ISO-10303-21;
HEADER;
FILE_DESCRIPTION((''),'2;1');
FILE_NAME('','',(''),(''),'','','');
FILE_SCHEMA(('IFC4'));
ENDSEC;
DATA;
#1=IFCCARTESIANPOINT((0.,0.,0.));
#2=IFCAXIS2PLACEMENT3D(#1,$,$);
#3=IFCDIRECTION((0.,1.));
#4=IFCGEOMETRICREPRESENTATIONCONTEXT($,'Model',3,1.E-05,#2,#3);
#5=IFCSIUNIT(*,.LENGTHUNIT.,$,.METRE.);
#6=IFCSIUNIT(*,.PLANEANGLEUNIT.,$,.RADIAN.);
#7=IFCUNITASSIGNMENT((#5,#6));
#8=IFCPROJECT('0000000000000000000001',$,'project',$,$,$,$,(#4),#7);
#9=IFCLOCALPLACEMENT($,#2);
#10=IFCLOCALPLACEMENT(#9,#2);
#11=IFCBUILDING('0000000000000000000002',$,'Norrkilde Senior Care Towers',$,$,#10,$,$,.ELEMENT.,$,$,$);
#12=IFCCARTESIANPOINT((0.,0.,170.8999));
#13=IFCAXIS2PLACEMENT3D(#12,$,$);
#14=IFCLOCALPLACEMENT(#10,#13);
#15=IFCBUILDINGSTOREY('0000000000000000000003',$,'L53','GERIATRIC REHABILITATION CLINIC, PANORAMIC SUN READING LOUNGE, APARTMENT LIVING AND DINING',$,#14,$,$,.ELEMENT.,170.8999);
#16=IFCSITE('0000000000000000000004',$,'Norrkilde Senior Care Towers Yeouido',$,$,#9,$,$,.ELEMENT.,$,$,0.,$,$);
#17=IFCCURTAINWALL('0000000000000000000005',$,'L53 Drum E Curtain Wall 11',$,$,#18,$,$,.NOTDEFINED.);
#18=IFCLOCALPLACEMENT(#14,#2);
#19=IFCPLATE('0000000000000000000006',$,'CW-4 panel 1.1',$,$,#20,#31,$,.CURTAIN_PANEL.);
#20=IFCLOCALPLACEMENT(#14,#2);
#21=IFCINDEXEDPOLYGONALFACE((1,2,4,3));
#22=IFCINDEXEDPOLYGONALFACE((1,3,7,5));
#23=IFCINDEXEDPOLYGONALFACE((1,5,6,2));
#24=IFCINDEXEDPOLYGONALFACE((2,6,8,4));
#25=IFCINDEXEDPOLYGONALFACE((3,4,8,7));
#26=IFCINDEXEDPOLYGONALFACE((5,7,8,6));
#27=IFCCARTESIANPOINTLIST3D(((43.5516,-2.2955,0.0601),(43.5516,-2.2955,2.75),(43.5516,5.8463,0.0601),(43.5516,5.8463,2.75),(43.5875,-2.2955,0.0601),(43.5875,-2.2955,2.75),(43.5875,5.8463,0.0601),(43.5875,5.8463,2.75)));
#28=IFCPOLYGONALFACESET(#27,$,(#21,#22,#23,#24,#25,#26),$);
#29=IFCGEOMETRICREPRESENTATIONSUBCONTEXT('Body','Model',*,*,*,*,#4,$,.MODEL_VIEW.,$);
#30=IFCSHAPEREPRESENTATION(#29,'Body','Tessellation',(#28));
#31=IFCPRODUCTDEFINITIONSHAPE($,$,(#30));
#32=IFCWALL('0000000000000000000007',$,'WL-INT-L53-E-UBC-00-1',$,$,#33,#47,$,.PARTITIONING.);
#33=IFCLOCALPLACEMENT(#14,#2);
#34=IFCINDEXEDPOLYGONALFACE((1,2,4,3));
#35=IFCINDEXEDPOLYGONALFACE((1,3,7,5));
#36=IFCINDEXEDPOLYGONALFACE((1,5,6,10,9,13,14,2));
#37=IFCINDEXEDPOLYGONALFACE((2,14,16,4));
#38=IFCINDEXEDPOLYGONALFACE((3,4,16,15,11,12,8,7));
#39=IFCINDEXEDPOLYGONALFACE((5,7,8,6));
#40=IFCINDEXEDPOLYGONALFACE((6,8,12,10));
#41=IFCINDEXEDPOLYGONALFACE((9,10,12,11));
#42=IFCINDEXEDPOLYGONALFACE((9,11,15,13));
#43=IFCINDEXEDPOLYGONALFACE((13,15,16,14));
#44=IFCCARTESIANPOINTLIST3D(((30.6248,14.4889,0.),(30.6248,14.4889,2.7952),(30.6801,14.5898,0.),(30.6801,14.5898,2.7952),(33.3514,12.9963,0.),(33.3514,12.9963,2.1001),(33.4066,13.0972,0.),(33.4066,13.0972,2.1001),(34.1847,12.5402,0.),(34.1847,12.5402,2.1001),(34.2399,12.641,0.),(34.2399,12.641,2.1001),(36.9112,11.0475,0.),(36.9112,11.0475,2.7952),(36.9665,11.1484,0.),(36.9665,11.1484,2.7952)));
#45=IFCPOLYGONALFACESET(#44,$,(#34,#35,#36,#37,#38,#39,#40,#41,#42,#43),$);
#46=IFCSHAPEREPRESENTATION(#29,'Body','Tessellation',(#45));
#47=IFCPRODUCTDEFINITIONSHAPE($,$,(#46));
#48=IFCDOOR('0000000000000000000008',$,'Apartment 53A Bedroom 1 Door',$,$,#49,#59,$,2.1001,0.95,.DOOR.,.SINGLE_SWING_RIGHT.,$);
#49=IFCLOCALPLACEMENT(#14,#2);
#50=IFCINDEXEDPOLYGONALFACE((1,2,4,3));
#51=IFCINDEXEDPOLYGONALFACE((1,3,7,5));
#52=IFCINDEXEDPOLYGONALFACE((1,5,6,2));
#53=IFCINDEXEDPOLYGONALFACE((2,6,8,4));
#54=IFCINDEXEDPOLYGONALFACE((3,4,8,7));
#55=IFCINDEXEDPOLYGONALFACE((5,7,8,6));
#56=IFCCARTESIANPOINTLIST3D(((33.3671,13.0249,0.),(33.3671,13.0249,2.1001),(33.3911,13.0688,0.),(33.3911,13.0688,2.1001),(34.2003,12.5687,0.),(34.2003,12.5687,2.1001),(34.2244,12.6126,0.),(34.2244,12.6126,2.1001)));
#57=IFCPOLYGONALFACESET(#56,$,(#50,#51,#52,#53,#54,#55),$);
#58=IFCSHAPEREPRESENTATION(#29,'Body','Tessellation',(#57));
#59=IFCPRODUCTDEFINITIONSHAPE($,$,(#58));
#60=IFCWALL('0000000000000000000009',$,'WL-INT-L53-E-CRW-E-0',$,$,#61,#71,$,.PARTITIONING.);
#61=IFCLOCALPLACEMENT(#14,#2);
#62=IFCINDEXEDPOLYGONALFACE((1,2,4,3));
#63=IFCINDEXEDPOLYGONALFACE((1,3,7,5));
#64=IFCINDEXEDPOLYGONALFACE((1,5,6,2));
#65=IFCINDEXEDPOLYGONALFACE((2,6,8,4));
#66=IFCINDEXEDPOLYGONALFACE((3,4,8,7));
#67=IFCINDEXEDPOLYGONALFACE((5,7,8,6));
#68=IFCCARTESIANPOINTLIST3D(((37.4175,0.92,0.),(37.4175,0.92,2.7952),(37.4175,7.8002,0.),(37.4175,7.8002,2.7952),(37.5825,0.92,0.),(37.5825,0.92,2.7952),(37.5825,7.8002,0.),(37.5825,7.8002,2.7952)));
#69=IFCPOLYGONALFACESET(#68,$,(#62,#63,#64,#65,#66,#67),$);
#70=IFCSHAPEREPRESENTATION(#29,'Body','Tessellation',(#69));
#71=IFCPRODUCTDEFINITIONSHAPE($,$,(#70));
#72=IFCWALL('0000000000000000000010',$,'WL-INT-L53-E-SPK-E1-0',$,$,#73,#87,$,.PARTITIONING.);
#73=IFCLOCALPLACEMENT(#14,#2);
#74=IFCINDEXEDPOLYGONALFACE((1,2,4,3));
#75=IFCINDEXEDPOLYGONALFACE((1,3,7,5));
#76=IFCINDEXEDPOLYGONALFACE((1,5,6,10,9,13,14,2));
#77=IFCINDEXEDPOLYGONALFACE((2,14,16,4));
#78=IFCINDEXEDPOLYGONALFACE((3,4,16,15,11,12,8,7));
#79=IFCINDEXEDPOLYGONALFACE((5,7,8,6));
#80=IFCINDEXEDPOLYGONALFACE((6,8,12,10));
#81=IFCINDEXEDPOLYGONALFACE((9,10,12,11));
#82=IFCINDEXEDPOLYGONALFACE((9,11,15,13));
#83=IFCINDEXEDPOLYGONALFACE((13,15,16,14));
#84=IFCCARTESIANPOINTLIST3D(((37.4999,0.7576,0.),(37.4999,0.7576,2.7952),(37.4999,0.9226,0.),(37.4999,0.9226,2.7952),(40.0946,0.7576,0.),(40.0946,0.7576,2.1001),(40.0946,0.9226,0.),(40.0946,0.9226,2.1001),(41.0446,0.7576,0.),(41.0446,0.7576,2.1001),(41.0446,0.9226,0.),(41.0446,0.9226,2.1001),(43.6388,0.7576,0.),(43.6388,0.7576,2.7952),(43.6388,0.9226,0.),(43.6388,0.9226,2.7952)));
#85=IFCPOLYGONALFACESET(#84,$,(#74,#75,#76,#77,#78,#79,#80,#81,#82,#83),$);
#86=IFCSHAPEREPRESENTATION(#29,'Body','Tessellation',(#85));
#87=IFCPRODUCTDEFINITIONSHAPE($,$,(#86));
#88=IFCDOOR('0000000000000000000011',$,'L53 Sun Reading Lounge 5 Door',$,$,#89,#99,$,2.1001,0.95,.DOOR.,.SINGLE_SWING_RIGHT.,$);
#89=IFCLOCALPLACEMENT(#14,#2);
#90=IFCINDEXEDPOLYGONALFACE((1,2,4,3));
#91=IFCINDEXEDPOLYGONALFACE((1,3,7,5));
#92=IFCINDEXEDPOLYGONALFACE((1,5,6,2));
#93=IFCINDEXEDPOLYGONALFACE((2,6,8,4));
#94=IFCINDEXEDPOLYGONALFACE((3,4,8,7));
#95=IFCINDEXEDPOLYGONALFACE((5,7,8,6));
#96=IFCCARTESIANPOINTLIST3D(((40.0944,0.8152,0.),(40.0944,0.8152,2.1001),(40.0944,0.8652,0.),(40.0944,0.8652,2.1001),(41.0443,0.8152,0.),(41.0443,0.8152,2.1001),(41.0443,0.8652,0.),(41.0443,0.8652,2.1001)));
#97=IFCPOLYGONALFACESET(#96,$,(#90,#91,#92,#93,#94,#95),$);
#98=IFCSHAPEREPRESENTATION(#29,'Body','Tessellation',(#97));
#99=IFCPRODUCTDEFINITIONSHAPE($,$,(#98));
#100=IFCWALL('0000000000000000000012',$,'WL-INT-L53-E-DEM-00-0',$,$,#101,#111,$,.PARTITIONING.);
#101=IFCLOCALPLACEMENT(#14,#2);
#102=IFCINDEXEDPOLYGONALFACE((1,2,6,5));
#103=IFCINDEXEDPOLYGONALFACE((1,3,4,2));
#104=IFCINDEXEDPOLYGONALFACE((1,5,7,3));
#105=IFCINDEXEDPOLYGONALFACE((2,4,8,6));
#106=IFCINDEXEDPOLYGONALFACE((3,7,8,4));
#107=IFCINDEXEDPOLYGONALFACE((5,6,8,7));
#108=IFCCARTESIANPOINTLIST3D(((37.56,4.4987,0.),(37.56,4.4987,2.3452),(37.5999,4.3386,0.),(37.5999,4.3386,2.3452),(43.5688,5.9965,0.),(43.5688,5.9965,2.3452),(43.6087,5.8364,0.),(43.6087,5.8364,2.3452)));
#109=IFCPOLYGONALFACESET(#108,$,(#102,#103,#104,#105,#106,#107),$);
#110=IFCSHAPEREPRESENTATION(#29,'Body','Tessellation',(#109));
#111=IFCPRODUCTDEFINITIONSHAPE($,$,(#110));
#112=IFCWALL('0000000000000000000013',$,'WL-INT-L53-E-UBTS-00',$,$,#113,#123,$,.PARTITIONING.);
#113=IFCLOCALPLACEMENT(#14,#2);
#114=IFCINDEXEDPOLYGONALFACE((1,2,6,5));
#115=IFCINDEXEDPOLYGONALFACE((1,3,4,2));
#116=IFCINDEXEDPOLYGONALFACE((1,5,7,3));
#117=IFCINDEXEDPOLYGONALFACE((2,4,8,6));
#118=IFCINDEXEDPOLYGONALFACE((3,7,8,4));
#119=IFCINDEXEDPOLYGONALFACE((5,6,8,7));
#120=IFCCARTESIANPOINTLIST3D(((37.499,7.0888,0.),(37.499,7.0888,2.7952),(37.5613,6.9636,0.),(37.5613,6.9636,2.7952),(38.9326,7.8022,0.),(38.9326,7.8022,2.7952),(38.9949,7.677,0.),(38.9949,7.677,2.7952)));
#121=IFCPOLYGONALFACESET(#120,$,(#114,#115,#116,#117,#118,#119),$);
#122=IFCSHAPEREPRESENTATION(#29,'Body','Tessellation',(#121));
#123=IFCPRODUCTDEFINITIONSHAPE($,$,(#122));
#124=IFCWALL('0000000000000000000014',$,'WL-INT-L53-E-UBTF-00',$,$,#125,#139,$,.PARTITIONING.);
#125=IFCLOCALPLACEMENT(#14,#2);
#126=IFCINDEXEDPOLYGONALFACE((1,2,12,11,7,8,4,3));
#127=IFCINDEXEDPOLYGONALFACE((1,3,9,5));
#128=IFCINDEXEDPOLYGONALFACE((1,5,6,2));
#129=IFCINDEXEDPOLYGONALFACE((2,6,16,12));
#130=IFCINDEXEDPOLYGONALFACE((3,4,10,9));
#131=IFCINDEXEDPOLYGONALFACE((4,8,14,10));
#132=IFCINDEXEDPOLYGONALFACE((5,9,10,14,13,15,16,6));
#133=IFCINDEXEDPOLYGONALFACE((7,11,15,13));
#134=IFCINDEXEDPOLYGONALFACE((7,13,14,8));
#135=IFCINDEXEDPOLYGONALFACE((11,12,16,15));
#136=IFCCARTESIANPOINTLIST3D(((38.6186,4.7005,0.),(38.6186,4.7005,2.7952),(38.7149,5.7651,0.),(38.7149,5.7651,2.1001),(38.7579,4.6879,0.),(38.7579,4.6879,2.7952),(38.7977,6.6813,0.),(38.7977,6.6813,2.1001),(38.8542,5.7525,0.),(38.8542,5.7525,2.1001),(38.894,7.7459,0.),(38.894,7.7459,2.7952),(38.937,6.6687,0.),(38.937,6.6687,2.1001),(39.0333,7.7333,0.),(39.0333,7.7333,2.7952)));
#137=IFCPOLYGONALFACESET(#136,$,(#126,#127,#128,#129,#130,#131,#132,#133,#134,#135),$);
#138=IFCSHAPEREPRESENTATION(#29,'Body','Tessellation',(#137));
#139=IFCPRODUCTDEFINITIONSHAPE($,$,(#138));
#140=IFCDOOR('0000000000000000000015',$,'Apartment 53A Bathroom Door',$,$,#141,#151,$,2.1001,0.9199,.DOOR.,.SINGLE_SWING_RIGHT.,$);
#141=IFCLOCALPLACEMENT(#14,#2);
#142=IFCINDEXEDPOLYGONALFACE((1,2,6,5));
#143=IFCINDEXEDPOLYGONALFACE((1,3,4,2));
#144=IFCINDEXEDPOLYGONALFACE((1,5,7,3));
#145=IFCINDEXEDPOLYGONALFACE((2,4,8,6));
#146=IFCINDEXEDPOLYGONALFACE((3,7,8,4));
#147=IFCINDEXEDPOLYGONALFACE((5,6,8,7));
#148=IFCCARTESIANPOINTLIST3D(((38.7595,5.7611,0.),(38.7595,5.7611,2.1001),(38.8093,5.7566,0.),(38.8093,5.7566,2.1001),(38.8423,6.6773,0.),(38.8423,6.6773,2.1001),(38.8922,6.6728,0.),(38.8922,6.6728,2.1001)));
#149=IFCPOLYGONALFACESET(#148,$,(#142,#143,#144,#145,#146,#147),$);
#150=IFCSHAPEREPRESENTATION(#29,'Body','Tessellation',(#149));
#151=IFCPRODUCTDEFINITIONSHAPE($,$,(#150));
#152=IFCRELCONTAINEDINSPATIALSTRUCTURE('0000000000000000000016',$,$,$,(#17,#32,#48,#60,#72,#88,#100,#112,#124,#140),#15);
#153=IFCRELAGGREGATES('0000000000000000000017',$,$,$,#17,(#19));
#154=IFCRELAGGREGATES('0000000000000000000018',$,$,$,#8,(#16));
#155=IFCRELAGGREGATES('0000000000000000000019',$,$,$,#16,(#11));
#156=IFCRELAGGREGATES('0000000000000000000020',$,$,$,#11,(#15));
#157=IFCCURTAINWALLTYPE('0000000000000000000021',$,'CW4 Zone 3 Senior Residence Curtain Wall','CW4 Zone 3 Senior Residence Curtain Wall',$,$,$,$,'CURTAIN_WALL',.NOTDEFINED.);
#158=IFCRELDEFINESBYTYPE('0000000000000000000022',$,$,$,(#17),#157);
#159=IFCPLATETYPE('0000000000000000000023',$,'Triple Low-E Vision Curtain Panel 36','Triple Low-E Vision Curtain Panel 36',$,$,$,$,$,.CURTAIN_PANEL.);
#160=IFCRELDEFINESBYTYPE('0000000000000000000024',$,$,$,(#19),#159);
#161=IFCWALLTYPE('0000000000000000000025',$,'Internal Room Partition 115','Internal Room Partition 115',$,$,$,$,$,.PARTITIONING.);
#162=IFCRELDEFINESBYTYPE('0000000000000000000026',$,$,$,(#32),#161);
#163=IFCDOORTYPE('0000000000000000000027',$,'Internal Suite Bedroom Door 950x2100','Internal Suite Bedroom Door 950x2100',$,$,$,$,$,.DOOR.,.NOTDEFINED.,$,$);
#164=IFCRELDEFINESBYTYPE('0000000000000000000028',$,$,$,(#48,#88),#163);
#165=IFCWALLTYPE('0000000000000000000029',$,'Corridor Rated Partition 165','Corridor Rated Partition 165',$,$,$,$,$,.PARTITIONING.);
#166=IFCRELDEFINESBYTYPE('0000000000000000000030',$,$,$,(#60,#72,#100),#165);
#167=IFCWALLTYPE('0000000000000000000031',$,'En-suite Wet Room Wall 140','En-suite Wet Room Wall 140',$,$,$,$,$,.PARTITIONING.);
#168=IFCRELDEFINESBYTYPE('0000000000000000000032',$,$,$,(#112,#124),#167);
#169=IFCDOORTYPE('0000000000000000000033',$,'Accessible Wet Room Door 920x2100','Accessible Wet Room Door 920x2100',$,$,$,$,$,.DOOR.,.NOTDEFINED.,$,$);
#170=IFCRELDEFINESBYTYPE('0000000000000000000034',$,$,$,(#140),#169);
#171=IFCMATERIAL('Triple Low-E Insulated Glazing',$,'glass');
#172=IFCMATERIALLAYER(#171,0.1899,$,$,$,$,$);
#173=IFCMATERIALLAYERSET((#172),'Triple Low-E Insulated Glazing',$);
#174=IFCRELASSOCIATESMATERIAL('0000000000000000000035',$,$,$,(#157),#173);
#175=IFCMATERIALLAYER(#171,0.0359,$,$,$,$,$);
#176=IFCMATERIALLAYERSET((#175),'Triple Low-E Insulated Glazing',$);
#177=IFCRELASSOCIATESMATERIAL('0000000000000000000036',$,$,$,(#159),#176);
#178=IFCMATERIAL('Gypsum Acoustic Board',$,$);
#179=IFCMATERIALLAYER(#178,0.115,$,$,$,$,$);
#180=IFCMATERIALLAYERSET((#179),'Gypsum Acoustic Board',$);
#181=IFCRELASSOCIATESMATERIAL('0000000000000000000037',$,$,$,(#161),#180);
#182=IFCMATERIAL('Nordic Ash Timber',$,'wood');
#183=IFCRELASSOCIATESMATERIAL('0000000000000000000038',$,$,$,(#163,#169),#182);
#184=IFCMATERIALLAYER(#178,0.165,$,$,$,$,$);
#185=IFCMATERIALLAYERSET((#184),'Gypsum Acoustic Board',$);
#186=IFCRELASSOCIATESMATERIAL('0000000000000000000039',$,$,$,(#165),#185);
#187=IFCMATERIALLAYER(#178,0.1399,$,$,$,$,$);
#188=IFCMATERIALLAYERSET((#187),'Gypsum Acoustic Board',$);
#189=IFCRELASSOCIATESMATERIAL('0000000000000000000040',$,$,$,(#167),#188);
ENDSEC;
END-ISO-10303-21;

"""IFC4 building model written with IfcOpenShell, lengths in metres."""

from ifc_helpers import new_model, si_unit, direction, frame, frame_2d, origin, origin_2d, place, context, subcontext, project, spatial, rectangle, extrude, source, transform, mapped, material, layer, layer_set, type_object, type_shapes, element, fill, aggregate, save


model = new_model("IFC4")

# Units and contexts
model_context = context("Model", 3, precision=1e-05, world=origin(), true_north=direction((0.0, 1.0)))
body_context = subcontext(model_context, "Body", "Model", "MODEL_VIEW")
ifc_project = project(units=[si_unit("LENGTHUNIT", "METRE"), si_unit("PLANEANGLEUNIT", "RADIAN")], contexts=[model_context])

# Site, building, storey
site_placement = place(None, origin())
site = spatial("IfcSite", under=ifc_project, at=site_placement, Name="Norrkilde Senior Care Towers Yeouido", CompositionType="ELEMENT", RefElevation=0.0)
building_placement = place(site_placement, origin())
building = spatial("IfcBuilding", under=site, at=building_placement, Name="Norrkilde Senior Care Towers", CompositionType="ELEMENT")
storey_placement = place(building_placement, frame((0.0, 0.0, 170.8999)))
storey = spatial("IfcBuildingStorey", under=building, at=storey_placement, Name="L53", Description="GERIATRIC REHABILITATION CLINIC, PANORAMIC SUN READING LOUNGE, APARTMENT LIVING AND DINING", CompositionType="ELEMENT", Elevation=170.8999)

# Shared definitions
ifc_material_1 = material(Name="Triple Low-E Insulated Glazing", Category="glass")
ifc_layer_1 = layer(ifc_material_1, 0.1899)
ifc_layer_set_1 = layer_set([ifc_layer_1], Name="Triple Low-E Insulated Glazing")
curtain_wall_type = type_object("IfcCurtainWallType", Name="CW4 Zone 3 Senior Residence Curtain Wall", Description="CW4 Zone 3 Senior Residence Curtain Wall", ElementType="CURTAIN_WALL", PredefinedType="NOTDEFINED", material=ifc_layer_set_1)

# Curtain wall
curtain_wall_1_placement = place(storey_placement, origin())
curtain_wall_1 = element("IfcCurtainWall", 1, at=curtain_wall_1_placement, inside=storey, type_object=curtain_wall_type, Name="L53 Drum E Curtain Wall 11", PredefinedType="NOTDEFINED")

# Plate
ifc_layer_2 = layer(ifc_material_1, 0.0359)
ifc_layer_set_2 = layer_set([ifc_layer_2], Name="Triple Low-E Insulated Glazing")
plate_type = type_object("IfcPlateType", Name="Triple Low-E Vision Curtain Panel 36", Description="Triple Low-E Vision Curtain Panel 36", PredefinedType="CURTAIN_PANEL", material=ifc_layer_set_2)
shared_shape_1 = source(origin(), body_context, "Body", "SweptSolid", [
    extrude(rectangle(XDim=8.1418, YDim=0.0359, at=origin_2d()), origin(), (0.0, 0.0, 1.0), 2.6899),
])
plate_1_placement = place(storey_placement, frame((43.5696, 1.7754, 0.0601), z_axis=(0.0, 0.0, 1.0), x_axis=(0.0, -1.0, 0.0)))
plate_1 = element("IfcPlate", 2, at=plate_1_placement, type_object=plate_type, Name="CW-4 panel 1.1", PredefinedType="CURTAIN_PANEL", context=body_context, shape_type="MappedRepresentation", body=[
    mapped(shared_shape_1, transform((0.0, 0.0, 0.0), x_axis=(1.0, 0.0, 0.0), y_axis=(0.0, 1.0, 0.0), z_axis=(0.0, 0.0, 1.0), scale=1.0)),
])
aggregate(curtain_wall_1, [plate_1])

# Wall, opening, door
ifc_material_2 = material(Name="Gypsum Acoustic Board")
ifc_layer_3 = layer(ifc_material_2, 0.115)
ifc_layer_set_3 = layer_set([ifc_layer_3], Name="Gypsum Acoustic Board")
wall_type_1 = type_object("IfcWallType", Name="Internal Room Partition 115", Description="Internal Room Partition 115", PredefinedType="PARTITIONING", material=ifc_layer_set_3)
shared_shape_2 = source(origin(), body_context, "Body", "SweptSolid", [
    extrude(rectangle(XDim=7.1667, YDim=0.115, at=frame_2d((3.5835, 0.0))), origin(), (0.0, 0.0, 1.0), 2.7952),
])
wall_1_placement = place(storey_placement, frame((36.939, 11.0979, 0.0), z_axis=(0.0, 0.0, 1.0), x_axis=(-0.877163, 0.480193, 0.0)))
wall_1 = element("IfcWall", 3, at=wall_1_placement, inside=storey, type_object=wall_type_1, Name="WL-INT-L53-E-UBC-00-1", PredefinedType="PARTITIONING", context=body_context, shape_type="MappedRepresentation", body=[
    mapped(shared_shape_2, transform((0.0, 0.0, 0.0), x_axis=(1.0, 0.0, 0.0), y_axis=(0.0, 1.0, 0.0), z_axis=(0.0, 0.0, 1.0), scale=1.0)),
])
opening_1_placement = place(wall_1_placement, frame((3.1084, 0.0, 0.0)))
opening_1 = element("IfcOpeningElement", 4, at=opening_1_placement, cuts=wall_1, PredefinedType="OPENING", context=body_context, shape_type="SweptSolid", body=[
    extrude(rectangle(XDim=0.95, YDim=2.1001, at=frame_2d((0.4751, 1.05))), frame((0.0, 0.0674, 0.0), z_axis=(0.0, -1.0, 0.0), x_axis=(1.0, 0.0, 0.0)), (0.0, 0.0, 1.0), 0.135),
])
ifc_material_3 = material(Name="Nordic Ash Timber", Category="wood")
door_type_1 = type_object("IfcDoorType", Name="Internal Suite Bedroom Door 950x2100", Description="Internal Suite Bedroom Door 950x2100", OperationType="NOTDEFINED", PredefinedType="DOOR", material=ifc_material_3)
shared_shape_3 = source(origin(), body_context, "Body", "SweptSolid", [
    extrude(rectangle(XDim=0.95, YDim=2.1001, at=frame_2d((0.4751, 1.05))), frame((0.0, 0.0249, 0.0), z_axis=(0.0, -1.0, 0.0), x_axis=(1.0, 0.0, 0.0)), (0.0, 0.0, 1.0), 0.05),
])
type_shapes(door_type_1, [shared_shape_3])
door_1_placement = place(opening_1_placement, origin())
door_1 = element("IfcDoor", 5, at=door_1_placement, inside=storey, type_object=door_type_1, Name="Apartment 53A Bedroom 1 Door", OperationType="SINGLE_SWING_RIGHT", OverallHeight=2.1001, OverallWidth=0.95, PredefinedType="DOOR", context=body_context, shape_type="MappedRepresentation", body=[
    mapped(shared_shape_3, transform((0.0, 0.0, 0.0), x_axis=(1.0, 0.0, 0.0), y_axis=(0.0, 1.0, 0.0), z_axis=(0.0, 0.0, 1.0), scale=1.0)),
])
fill(opening_1, door_1)

# Wall
ifc_layer_4 = layer(ifc_material_2, 0.165)
ifc_layer_set_4 = layer_set([ifc_layer_4], Name="Gypsum Acoustic Board")
wall_type_2 = type_object("IfcWallType", Name="Corridor Rated Partition 165", Description="Corridor Rated Partition 165", PredefinedType="PARTITIONING", material=ifc_layer_set_4)
shared_shape_4 = source(origin(), body_context, "Body", "SweptSolid", [
    extrude(rectangle(XDim=6.8801, YDim=0.165, at=frame_2d((3.4399, 0.0))), origin(), (0.0, 0.0, 1.0), 2.7952),
])
wall_2_placement = place(storey_placement, frame((37.5, 7.8, 0.0), z_axis=(0.0, 0.0, 1.0), x_axis=(0.0, -1.0, 0.0)))
element("IfcWall", 6, at=wall_2_placement, inside=storey, type_object=wall_type_2, Name="WL-INT-L53-E-CRW-E-0", PredefinedType="PARTITIONING", context=body_context, shape_type="MappedRepresentation", body=[
    mapped(shared_shape_4, transform((0.0, 0.0, 0.0), x_axis=(1.0, 0.0, 0.0), y_axis=(0.0, 1.0, 0.0), z_axis=(0.0, 0.0, 1.0), scale=1.0)),
])

# Wall, opening, door
shared_shape_5 = source(origin(), body_context, "Body", "SweptSolid", [
    extrude(rectangle(XDim=6.1389, YDim=0.165, at=frame_2d((3.0693, 0.0))), origin(), (0.0, 0.0, 1.0), 2.7952),
])
wall_3_placement = place(storey_placement, frame((37.5, 0.8401, 0.0), z_axis=(0.0, 0.0, 1.0), x_axis=(1.0, 0.0, 0.0)))
wall_3 = element("IfcWall", 7, at=wall_3_placement, inside=storey, type_object=wall_type_2, Name="WL-INT-L53-E-SPK-E1-0", PredefinedType="PARTITIONING", context=body_context, shape_type="MappedRepresentation", body=[
    mapped(shared_shape_5, transform((0.0, 0.0, 0.0), x_axis=(1.0, 0.0, 0.0), y_axis=(0.0, 1.0, 0.0), z_axis=(0.0, 0.0, 1.0), scale=1.0)),
])
opening_2_placement = place(wall_3_placement, frame((2.5945, 0.0, 0.0)))
opening_2 = element("IfcOpeningElement", 8, at=opening_2_placement, cuts=wall_3, PredefinedType="OPENING", context=body_context, shape_type="SweptSolid", body=[
    extrude(rectangle(XDim=0.95, YDim=2.1001, at=frame_2d((0.4751, 1.05))), frame((0.0, 0.0925, 0.0), z_axis=(0.0, -1.0, 0.0), x_axis=(1.0, 0.0, 0.0)), (0.0, 0.0, 1.0), 0.1851),
])
door_2_placement = place(opening_2_placement, frame((0.95, 0.0, 0.0), z_axis=(0.0, 0.0, 1.0), x_axis=(-1.0, 0.0, 0.0)))
door_2 = element("IfcDoor", 9, at=door_2_placement, inside=storey, type_object=door_type_1, Name="L53 Sun Reading Lounge 5 Door", OperationType="SINGLE_SWING_RIGHT", OverallHeight=2.1001, OverallWidth=0.95, PredefinedType="DOOR", context=body_context, shape_type="MappedRepresentation", body=[
    mapped(shared_shape_3, transform((0.0, 0.0, 0.0), x_axis=(1.0, 0.0, 0.0), y_axis=(0.0, 1.0, 0.0), z_axis=(0.0, 0.0, 1.0), scale=1.0)),
])
fill(opening_2, door_2)

# Walls
shared_shape_6 = source(origin(), body_context, "Body", "SweptSolid", [
    extrude(rectangle(XDim=6.1926, YDim=0.165, at=frame_2d((3.0962, 0.0))), origin(), (0.0, 0.0, 1.0), 2.3452),
])
type_shapes(wall_type_2, [shared_shape_4, shared_shape_5, shared_shape_6])
wall_4_placement = place(storey_placement, frame((37.5801, 4.4187, 0.0), z_axis=(0.0, 0.0, 1.0), x_axis=(0.970309, 0.241868, 0.0)))
element("IfcWall", 10, at=wall_4_placement, inside=storey, type_object=wall_type_2, Name="WL-INT-L53-E-DEM-00-0", PredefinedType="PARTITIONING", context=body_context, shape_type="MappedRepresentation", body=[
    mapped(shared_shape_6, transform((0.0, 0.0, 0.0), x_axis=(1.0, 0.0, 0.0), y_axis=(0.0, 1.0, 0.0), z_axis=(0.0, 0.0, 1.0), scale=1.0)),
])
ifc_layer_5 = layer(ifc_material_2, 0.1399)
ifc_layer_set_5 = layer_set([ifc_layer_5], Name="Gypsum Acoustic Board")
wall_type_3 = type_object("IfcWallType", Name="En-suite Wet Room Wall 140", Description="En-suite Wet Room Wall 140", PredefinedType="PARTITIONING", material=ifc_layer_set_5)
shared_shape_7 = source(origin(), body_context, "Body", "SweptSolid", [
    extrude(rectangle(XDim=1.6013, YDim=0.1399, at=frame_2d((0.8008, 0.0))), origin(), (0.0, 0.0, 1.0), 2.7952),
])
wall_5_placement = place(storey_placement, frame((37.53, 7.0261, 0.0), z_axis=(0.0, 0.0, 1.0), x_axis=(0.895279, 0.445505, 0.0)))
element("IfcWall", 11, at=wall_5_placement, inside=storey, type_object=wall_type_3, Name="WL-INT-L53-E-UBTS-00", PredefinedType="PARTITIONING", context=body_context, shape_type="MappedRepresentation", body=[
    mapped(shared_shape_7, transform((0.0, 0.0, 0.0), x_axis=(1.0, 0.0, 0.0), y_axis=(0.0, 1.0, 0.0), z_axis=(0.0, 0.0, 1.0), scale=1.0)),
])

# Wall, opening, door
shared_shape_8 = source(origin(), body_context, "Body", "SweptSolid", [
    extrude(rectangle(XDim=3.0579, YDim=0.1399, at=frame_2d((1.5288, 0.0))), origin(), (0.0, 0.0, 1.0), 2.7952),
])
type_shapes(wall_type_3, [shared_shape_7, shared_shape_8])
wall_6_placement = place(storey_placement, frame((38.9636, 7.7395, 0.0), z_axis=(0.0, 0.0, 1.0), x_axis=(-0.090061, -0.995936, 0.0)))
wall_6 = element("IfcWall", 12, at=wall_6_placement, inside=storey, type_object=wall_type_3, Name="WL-INT-L53-E-UBTF-00", PredefinedType="PARTITIONING", context=body_context, shape_type="MappedRepresentation", body=[
    mapped(shared_shape_8, transform((0.0, 0.0, 0.0), x_axis=(1.0, 0.0, 0.0), y_axis=(0.0, 1.0, 0.0), z_axis=(0.0, 0.0, 1.0), scale=1.0)),
])
opening_3_placement = place(wall_6_placement, frame((1.0688, 0.0, 0.0)))
opening_3 = element("IfcOpeningElement", 13, at=opening_3_placement, cuts=wall_6, PredefinedType="OPENING", context=body_context, shape_type="SweptSolid", body=[
    extrude(rectangle(XDim=0.9199, YDim=2.1001, at=frame_2d((0.46, 1.05))), frame((0.0, 0.0798, 0.0), z_axis=(0.0, -1.0, 0.0), x_axis=(1.0, 0.0, 0.0)), (0.0, 0.0, 1.0), 0.1599),
])
door_type_2 = type_object("IfcDoorType", Name="Accessible Wet Room Door 920x2100", Description="Accessible Wet Room Door 920x2100", OperationType="NOTDEFINED", PredefinedType="DOOR", material=ifc_material_3)
shared_shape_9 = source(origin(), body_context, "Body", "SweptSolid", [
    extrude(rectangle(XDim=0.9199, YDim=2.1001, at=frame_2d((0.46, 1.05))), frame((0.0, 0.0249, 0.0), z_axis=(0.0, -1.0, 0.0), x_axis=(1.0, 0.0, 0.0)), (0.0, 0.0, 1.0), 0.05),
])
type_shapes(door_type_2, [shared_shape_9])
door_3_placement = place(opening_3_placement, origin())
door_3 = element("IfcDoor", 14, at=door_3_placement, inside=storey, type_object=door_type_2, Name="Apartment 53A Bathroom Door", OperationType="SINGLE_SWING_RIGHT", OverallHeight=2.1001, OverallWidth=0.9199, PredefinedType="DOOR", context=body_context, shape_type="MappedRepresentation", body=[
    mapped(shared_shape_9, transform((0.0, 0.0, 0.0), x_axis=(1.0, 0.0, 0.0), y_axis=(0.0, 1.0, 0.0), z_axis=(0.0, 0.0, 1.0), scale=1.0)),
])
fill(opening_3, door_3)

save(model, "model.ifc")
